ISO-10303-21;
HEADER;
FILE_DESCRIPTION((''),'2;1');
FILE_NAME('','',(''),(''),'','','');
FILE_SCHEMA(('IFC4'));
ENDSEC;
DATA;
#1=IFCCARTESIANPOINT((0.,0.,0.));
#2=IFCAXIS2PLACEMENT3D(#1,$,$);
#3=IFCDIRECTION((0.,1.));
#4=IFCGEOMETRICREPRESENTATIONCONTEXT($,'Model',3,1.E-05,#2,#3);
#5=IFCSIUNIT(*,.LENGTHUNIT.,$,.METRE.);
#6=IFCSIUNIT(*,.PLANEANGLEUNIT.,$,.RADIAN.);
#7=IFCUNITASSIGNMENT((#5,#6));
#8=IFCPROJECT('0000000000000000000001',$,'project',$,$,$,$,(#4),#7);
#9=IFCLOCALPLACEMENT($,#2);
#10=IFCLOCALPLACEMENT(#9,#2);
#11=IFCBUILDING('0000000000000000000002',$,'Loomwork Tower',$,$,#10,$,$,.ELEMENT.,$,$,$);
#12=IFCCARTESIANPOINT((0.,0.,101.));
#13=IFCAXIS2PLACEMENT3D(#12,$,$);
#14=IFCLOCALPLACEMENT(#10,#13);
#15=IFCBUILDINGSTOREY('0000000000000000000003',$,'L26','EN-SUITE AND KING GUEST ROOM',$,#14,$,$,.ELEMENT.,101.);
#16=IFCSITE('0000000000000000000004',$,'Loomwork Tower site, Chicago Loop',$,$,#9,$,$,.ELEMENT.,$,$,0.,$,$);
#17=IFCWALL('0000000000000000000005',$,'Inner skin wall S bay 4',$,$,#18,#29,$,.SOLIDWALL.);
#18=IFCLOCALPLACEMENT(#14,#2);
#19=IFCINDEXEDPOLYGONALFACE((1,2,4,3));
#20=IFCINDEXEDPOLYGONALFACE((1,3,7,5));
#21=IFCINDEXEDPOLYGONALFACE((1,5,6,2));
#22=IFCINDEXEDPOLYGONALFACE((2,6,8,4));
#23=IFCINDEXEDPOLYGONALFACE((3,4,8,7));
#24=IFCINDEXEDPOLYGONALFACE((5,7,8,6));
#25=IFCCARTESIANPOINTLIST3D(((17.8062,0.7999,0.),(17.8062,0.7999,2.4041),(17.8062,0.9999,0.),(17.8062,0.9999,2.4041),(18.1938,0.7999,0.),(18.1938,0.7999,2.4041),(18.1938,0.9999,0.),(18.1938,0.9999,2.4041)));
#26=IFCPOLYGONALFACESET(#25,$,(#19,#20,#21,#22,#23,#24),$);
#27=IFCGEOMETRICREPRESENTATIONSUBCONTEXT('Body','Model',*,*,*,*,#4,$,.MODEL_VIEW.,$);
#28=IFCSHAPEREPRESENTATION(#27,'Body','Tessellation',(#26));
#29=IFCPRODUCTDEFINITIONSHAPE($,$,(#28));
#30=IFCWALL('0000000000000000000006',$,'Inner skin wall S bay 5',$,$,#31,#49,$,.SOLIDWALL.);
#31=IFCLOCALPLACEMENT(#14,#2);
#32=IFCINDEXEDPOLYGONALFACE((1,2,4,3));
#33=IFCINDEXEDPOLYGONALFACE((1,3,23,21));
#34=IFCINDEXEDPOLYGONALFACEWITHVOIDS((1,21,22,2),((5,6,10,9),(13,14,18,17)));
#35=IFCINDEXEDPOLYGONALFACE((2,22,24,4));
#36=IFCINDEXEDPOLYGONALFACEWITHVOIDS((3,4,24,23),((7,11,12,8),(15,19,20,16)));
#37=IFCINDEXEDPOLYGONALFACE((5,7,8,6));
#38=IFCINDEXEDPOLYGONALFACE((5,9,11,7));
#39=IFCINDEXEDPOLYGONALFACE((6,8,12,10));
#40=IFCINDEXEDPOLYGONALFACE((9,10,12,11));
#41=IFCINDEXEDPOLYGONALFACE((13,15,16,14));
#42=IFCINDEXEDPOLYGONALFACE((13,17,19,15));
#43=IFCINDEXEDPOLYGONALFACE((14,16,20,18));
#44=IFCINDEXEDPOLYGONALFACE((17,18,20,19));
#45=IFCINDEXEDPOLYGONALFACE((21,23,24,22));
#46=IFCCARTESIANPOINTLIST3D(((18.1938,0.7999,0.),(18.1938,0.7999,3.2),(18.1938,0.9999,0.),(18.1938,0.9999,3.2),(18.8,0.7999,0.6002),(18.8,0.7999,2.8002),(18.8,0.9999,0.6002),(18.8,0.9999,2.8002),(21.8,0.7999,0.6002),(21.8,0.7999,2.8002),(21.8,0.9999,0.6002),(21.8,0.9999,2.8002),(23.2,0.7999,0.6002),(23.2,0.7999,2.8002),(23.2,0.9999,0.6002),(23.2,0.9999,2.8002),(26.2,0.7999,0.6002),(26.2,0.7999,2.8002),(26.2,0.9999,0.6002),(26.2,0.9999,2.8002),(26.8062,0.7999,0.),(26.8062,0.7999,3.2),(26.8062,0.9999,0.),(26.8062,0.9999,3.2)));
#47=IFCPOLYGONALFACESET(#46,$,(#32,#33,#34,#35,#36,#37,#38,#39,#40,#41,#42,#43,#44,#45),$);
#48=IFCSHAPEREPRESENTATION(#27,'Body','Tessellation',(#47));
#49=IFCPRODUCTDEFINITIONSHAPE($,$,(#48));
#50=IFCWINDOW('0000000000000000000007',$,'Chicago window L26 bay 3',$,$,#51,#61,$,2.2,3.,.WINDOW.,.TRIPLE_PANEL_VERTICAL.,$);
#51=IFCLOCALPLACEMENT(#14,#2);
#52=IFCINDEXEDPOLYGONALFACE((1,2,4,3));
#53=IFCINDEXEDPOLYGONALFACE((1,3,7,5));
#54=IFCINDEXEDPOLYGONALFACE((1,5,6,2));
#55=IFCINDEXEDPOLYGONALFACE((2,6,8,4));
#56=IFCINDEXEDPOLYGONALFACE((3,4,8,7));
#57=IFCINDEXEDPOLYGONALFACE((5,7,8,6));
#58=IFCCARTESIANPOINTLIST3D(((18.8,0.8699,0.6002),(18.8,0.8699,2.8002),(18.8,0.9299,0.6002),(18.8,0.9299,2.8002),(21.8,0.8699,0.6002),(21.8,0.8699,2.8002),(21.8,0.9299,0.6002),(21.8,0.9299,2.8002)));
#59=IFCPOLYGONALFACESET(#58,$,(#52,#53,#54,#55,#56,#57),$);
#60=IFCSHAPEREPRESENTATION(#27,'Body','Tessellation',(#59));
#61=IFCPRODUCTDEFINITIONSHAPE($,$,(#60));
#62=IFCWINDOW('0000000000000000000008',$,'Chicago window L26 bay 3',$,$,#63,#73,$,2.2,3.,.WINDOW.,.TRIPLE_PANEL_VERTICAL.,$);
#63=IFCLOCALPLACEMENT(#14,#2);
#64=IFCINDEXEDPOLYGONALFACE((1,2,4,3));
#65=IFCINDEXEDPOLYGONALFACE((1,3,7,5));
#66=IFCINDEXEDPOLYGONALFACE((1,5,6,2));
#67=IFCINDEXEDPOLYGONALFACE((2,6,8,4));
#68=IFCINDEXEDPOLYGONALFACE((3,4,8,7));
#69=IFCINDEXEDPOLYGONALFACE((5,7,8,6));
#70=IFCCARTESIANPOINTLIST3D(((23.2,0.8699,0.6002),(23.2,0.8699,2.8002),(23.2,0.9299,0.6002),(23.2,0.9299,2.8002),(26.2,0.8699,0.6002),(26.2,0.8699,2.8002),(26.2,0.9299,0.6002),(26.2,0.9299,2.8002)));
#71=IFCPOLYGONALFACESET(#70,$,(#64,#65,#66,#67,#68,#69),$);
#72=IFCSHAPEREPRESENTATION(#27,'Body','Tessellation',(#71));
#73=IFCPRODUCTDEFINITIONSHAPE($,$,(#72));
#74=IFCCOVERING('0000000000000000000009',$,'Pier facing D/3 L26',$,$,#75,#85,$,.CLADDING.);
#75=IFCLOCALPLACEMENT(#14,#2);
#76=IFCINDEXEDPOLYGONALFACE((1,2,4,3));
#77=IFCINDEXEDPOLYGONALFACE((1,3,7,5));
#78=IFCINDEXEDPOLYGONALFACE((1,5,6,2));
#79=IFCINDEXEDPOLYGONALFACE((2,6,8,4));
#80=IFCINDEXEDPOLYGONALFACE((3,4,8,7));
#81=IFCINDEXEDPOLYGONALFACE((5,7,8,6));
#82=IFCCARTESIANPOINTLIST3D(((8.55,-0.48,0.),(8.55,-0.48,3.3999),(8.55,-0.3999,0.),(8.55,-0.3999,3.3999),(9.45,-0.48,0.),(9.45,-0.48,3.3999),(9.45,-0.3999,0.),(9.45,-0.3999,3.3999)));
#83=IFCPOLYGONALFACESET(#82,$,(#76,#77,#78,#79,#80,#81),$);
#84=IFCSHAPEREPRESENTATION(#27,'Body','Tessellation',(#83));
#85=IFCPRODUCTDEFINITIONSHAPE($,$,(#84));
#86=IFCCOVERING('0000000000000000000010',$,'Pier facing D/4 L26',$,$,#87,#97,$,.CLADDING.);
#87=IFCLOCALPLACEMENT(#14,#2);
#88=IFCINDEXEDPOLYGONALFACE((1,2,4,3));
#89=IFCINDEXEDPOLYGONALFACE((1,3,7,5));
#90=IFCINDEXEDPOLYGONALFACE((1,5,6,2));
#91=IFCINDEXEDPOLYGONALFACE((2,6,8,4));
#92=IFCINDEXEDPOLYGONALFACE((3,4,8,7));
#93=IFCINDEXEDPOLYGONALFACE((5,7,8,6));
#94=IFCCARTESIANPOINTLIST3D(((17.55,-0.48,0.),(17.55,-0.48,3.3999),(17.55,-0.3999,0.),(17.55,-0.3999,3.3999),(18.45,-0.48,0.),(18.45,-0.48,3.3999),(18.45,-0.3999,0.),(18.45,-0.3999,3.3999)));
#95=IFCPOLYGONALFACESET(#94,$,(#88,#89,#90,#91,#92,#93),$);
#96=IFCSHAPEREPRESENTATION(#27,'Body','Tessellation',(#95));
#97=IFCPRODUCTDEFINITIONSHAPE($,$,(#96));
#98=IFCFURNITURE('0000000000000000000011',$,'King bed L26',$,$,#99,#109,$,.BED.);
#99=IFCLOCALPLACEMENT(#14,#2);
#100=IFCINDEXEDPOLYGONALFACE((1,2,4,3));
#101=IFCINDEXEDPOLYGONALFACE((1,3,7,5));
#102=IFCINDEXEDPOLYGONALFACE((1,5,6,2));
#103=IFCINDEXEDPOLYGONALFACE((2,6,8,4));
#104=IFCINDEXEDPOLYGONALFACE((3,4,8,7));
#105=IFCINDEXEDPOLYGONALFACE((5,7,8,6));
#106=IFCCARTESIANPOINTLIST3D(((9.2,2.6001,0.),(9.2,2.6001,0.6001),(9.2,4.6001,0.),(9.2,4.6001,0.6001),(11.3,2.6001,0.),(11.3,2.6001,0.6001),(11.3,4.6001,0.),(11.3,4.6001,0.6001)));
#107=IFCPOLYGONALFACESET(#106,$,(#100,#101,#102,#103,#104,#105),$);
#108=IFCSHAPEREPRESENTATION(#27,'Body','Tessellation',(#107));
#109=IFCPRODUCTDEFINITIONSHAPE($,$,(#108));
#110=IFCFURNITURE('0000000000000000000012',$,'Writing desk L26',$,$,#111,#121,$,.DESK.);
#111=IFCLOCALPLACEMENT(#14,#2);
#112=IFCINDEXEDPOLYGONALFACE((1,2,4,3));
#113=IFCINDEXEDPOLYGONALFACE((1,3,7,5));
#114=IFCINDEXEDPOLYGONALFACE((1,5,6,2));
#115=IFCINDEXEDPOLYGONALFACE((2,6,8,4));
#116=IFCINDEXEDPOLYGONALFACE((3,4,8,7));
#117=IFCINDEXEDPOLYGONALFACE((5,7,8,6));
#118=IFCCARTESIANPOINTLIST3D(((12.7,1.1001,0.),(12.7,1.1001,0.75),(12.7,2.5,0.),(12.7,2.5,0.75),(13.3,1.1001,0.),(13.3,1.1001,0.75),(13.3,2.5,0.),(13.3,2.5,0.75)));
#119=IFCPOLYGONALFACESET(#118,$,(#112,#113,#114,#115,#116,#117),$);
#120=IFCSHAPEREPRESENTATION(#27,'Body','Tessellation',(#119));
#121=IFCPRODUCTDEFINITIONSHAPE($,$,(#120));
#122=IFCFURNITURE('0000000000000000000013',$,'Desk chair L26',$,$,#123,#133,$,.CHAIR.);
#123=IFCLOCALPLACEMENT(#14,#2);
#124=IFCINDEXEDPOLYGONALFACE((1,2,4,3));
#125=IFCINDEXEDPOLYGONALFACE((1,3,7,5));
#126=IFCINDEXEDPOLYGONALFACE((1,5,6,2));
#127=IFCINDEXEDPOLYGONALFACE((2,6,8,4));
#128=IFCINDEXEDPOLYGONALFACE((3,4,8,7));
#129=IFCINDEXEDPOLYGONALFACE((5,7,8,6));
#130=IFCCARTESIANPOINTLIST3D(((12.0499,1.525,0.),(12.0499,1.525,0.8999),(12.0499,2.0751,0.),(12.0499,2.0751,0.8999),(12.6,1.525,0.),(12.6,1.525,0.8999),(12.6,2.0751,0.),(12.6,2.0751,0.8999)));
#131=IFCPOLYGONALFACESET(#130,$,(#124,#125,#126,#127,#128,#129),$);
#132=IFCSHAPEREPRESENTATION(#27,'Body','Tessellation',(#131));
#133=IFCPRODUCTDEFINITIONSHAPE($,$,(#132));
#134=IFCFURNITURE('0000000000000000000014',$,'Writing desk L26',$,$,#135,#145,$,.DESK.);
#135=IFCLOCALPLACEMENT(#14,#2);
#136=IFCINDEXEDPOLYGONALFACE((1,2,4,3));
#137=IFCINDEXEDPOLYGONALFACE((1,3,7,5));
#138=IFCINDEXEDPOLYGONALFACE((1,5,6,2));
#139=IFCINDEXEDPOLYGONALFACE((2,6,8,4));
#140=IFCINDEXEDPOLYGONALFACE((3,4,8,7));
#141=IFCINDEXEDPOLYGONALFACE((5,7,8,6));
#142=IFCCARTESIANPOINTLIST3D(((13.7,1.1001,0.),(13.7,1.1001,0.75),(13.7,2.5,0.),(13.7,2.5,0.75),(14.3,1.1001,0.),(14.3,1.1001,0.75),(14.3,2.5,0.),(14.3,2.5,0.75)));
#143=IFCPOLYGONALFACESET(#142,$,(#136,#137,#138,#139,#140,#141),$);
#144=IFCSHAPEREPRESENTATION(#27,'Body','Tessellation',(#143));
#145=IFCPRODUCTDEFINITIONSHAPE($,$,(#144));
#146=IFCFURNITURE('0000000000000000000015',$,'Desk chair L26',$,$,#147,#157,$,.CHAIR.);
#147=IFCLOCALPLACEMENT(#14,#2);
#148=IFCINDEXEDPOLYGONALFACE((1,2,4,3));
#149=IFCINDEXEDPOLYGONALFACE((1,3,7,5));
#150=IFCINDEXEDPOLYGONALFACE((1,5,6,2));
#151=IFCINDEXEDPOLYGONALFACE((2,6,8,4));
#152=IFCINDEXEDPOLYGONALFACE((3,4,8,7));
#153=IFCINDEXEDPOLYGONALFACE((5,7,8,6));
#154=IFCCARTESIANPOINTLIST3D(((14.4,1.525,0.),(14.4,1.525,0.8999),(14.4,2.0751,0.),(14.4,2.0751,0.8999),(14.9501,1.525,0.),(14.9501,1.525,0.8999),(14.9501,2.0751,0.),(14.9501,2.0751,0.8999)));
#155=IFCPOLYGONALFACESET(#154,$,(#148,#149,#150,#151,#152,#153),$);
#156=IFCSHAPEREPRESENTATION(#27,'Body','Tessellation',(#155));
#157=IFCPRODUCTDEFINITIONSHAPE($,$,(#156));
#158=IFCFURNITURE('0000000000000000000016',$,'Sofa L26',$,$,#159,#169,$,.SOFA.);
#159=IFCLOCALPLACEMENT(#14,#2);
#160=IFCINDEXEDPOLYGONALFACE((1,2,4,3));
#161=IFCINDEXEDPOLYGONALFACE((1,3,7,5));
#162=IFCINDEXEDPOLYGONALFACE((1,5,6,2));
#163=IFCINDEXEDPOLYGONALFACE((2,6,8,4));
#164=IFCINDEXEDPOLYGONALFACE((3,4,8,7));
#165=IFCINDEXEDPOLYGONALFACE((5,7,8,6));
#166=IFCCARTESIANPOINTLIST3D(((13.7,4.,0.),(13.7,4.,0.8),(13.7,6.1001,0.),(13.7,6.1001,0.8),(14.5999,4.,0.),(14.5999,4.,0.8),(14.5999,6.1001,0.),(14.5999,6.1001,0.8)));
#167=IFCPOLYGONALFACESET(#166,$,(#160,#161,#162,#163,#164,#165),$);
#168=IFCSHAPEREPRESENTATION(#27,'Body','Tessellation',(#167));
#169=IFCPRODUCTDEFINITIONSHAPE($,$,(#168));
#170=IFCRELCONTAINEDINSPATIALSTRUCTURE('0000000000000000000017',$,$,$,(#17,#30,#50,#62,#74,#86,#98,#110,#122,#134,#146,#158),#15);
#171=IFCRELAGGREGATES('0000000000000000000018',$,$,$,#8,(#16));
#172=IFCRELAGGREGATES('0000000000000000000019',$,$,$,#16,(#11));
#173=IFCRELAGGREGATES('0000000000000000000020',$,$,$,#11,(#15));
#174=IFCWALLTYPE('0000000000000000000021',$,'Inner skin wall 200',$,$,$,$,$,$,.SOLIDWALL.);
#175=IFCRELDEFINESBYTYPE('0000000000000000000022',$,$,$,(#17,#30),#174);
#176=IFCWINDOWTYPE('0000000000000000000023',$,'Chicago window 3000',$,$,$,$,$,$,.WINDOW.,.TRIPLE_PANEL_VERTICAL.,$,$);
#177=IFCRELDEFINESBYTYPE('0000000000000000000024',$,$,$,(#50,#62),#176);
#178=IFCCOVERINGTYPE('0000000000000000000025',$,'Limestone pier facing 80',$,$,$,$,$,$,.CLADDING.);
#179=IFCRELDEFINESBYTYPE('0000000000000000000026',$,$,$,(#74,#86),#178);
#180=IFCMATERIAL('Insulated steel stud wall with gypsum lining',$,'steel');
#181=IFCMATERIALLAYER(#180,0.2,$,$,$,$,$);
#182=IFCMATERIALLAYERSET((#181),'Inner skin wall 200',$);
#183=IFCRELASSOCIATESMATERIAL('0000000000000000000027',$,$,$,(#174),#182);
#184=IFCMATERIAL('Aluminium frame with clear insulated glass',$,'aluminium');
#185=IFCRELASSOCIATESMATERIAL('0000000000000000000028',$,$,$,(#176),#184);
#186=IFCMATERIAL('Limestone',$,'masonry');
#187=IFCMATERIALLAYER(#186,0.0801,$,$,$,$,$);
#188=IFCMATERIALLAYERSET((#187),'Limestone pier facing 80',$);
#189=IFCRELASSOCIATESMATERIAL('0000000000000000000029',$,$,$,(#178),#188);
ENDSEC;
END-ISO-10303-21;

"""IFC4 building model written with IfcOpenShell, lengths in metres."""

from ifc_helpers import new_model, si_unit, direction, frame, frame_2d, origin, origin_2d, place, context, subcontext, project, spatial, rectangle, extrude, material, layer, layer_set, type_object, element, fill, save


model = new_model("IFC4")

# Units and contexts
model_context = context("Model", 3, precision=1e-05, world=origin(), true_north=direction((0.0, 1.0)))
body_context = subcontext(model_context, "Body", "Model", "MODEL_VIEW")
ifc_project = project(units=[si_unit("LENGTHUNIT", "METRE"), si_unit("PLANEANGLEUNIT", "RADIAN")], contexts=[model_context])

# Site, building, storey
site_placement = place(None, origin())
site = spatial("IfcSite", under=ifc_project, at=site_placement, Name="Loomwork Tower site, Chicago Loop", CompositionType="ELEMENT", RefElevation=0.0)
building_placement = place(site_placement, origin())
building = spatial("IfcBuilding", under=site, at=building_placement, Name="Loomwork Tower", CompositionType="ELEMENT")
storey_placement = place(building_placement, frame((0.0, 0.0, 101.0)))
storey = spatial("IfcBuildingStorey", under=building, at=storey_placement, Name="L26", Description="EN-SUITE AND KING GUEST ROOM", CompositionType="ELEMENT", Elevation=101.0)

# Shared definitions
ifc_material_1 = material(Name="Insulated steel stud wall with gypsum lining", Category="steel")
ifc_layer_1 = layer(ifc_material_1, 0.2)
ifc_layer_set_1 = layer_set([ifc_layer_1], Name="Inner skin wall 200")
wall_type = type_object("IfcWallType", Name="Inner skin wall 200", PredefinedType="SOLIDWALL", material=ifc_layer_set_1)

# Shared definitions
ifc_material_2 = material(Name="Aluminium frame with clear insulated glass", Category="aluminium")
window_type = type_object("IfcWindowType", Name="Chicago window 3000", PartitioningType="TRIPLE_PANEL_VERTICAL", PredefinedType="WINDOW", material=ifc_material_2)

# Wall
wall_1_placement = place(storey_placement, frame((17.8062, 0.8999, 0.0), z_axis=(0.0, 0.0, 1.0), x_axis=(1.0, 0.0, 0.0)))
element("IfcWall", 1, at=wall_1_placement, inside=storey, type_object=wall_type, Name="Inner skin wall S bay 4", PredefinedType="SOLIDWALL", context=body_context, shape_type="SweptSolid", body=[
    extrude(rectangle(XDim=0.3877, YDim=0.2, at=frame_2d((0.1938, 0.0))), origin(), (0.0, 0.0, 1.0), 2.4041),
])

# Wall, openings, windows
wall_2_placement = place(storey_placement, frame((18.1938, 0.8999, 0.0), z_axis=(0.0, 0.0, 1.0), x_axis=(1.0, 0.0, 0.0)))
wall_2 = element("IfcWall", 2, at=wall_2_placement, inside=storey, type_object=wall_type, Name="Inner skin wall S bay 5", PredefinedType="SOLIDWALL", context=body_context, shape_type="SweptSolid", body=[
    extrude(rectangle(XDim=8.6123, YDim=0.2, at=frame_2d((4.3062, 0.0))), origin(), (0.0, 0.0, 1.0), 3.2),
])
opening_1_placement = place(wall_2_placement, frame((0.6062, 0.0, 0.6001)))
opening_1 = element("IfcOpeningElement", 3, at=opening_1_placement, cuts=wall_2, PredefinedType="OPENING", context=body_context, shape_type="SweptSolid", body=[
    extrude(rectangle(XDim=3.0, YDim=2.2, at=frame_2d((1.5, 1.1001))), frame((0.0, 0.1099, 0.0), z_axis=(0.0, -1.0, 0.0), x_axis=(1.0, 0.0, 0.0)), (0.0, 0.0, 1.0), 0.22),
])
opening_2_placement = place(wall_2_placement, frame((5.0061, 0.0, 0.6001)))
opening_2 = element("IfcOpeningElement", 4, at=opening_2_placement, cuts=wall_2, PredefinedType="OPENING", context=body_context, shape_type="SweptSolid", body=[
    extrude(rectangle(XDim=3.0, YDim=2.2, at=frame_2d((1.5, 1.1001))), frame((0.0, 0.1099, 0.0), z_axis=(0.0, -1.0, 0.0), x_axis=(1.0, 0.0, 0.0)), (0.0, 0.0, 1.0), 0.22),
])
window_1_placement = place(opening_1_placement, origin())
window_1 = element("IfcWindow", 5, at=window_1_placement, inside=storey, type_object=window_type, Name="Chicago window L26 bay 3", OverallHeight=2.2, OverallWidth=3.0, PartitioningType="TRIPLE_PANEL_VERTICAL", PredefinedType="WINDOW", context=body_context, shape_type="SweptSolid", body=[
    extrude(rectangle(XDim=3.0, YDim=2.2, at=frame_2d((1.5, 1.1001))), frame((0.0, 0.03, 0.0), z_axis=(0.0, -1.0, 0.0), x_axis=(1.0, 0.0, 0.0)), (0.0, 0.0, 1.0), 0.0601),
])
fill(opening_1, window_1)
window_2_placement = place(opening_2_placement, origin())
window_2 = element("IfcWindow", 6, at=window_2_placement, inside=storey, type_object=window_type, Name="Chicago window L26 bay 3", OverallHeight=2.2, OverallWidth=3.0, PartitioningType="TRIPLE_PANEL_VERTICAL", PredefinedType="WINDOW", context=body_context, shape_type="SweptSolid", body=[
    extrude(rectangle(XDim=3.0, YDim=2.2, at=frame_2d((1.5, 1.1001))), frame((0.0, 0.03, 0.0), z_axis=(0.0, -1.0, 0.0), x_axis=(1.0, 0.0, 0.0)), (0.0, 0.0, 1.0), 0.0601),
])
fill(opening_2, window_2)

# Coverings
ifc_material_3 = material(Name="Limestone", Category="masonry")
ifc_layer_2 = layer(ifc_material_3, 0.0801)
ifc_layer_set_2 = layer_set([ifc_layer_2], Name="Limestone pier facing 80")
covering_type = type_object("IfcCoveringType", Name="Limestone pier facing 80", PredefinedType="CLADDING", material=ifc_layer_set_2)
for number, where, z_axis, x_axis, name in (
    (7, (9.0, -0.4399, 0.0), (0.0, 0.0, 1.0), (1.0, 0.0, 0.0), "Pier facing D/3 L26"),
    (8, (18.0, -0.4399, 0.0), (0.0, 0.0, 1.0), (1.0, 0.0, 0.0), "Pier facing D/4 L26"),
):
    element("IfcCovering", number, at=place(storey_placement, frame(where, z_axis=z_axis, x_axis=x_axis)), inside=storey, type_object=covering_type, Name=name, PredefinedType="CLADDING", context=body_context, shape_type="SweptSolid", body=[
        extrude(rectangle(XDim=0.8999, YDim=0.0801, at=origin_2d()), origin(), (0.0, 0.0, 1.0), 3.3999),
    ])

# Furniture
furniture_1_placement = place(storey_placement, frame((10.25, 3.6001, 0.0), z_axis=(0.0, 0.0, 1.0), x_axis=(1.0, 0.0, 0.0)))
element("IfcFurniture", 9, at=furniture_1_placement, inside=storey, Name="King bed L26", PredefinedType="BED", context=body_context, shape_type="SweptSolid", body=[
    extrude(rectangle(XDim=2.1001, YDim=2.0, at=origin_2d()), origin(), (0.0, 0.0, 1.0), 0.6001),
])
furniture_2_placement = place(storey_placement, frame((13.0, 1.8, 0.0), z_axis=(0.0, 0.0, 1.0), x_axis=(1.0, 0.0, 0.0)))
element("IfcFurniture", 10, at=furniture_2_placement, inside=storey, Name="Writing desk L26", PredefinedType="DESK", context=body_context, shape_type="SweptSolid", body=[
    extrude(rectangle(XDim=0.6001, YDim=1.3999, at=origin_2d()), origin(), (0.0, 0.0, 1.0), 0.75),
])
furniture_3_placement = place(storey_placement, frame((12.325, 1.8, 0.0), z_axis=(0.0, 0.0, 1.0), x_axis=(1.0, 0.0, 0.0)))
element("IfcFurniture", 11, at=furniture_3_placement, inside=storey, Name="Desk chair L26", PredefinedType="CHAIR", context=body_context, shape_type="SweptSolid", body=[
    extrude(rectangle(XDim=0.55, YDim=0.55, at=origin_2d()), origin(), (0.0, 0.0, 1.0), 0.8999),
])
furniture_4_placement = place(storey_placement, frame((14.0, 1.8, 0.0), z_axis=(0.0, 0.0, 1.0), x_axis=(1.0, 0.0, 0.0)))
element("IfcFurniture", 12, at=furniture_4_placement, inside=storey, Name="Writing desk L26", PredefinedType="DESK", context=body_context, shape_type="SweptSolid", body=[
    extrude(rectangle(XDim=0.6001, YDim=1.3999, at=origin_2d()), origin(), (0.0, 0.0, 1.0), 0.75),
])
furniture_5_placement = place(storey_placement, frame((14.675, 1.8, 0.0), z_axis=(0.0, 0.0, 1.0), x_axis=(1.0, 0.0, 0.0)))
element("IfcFurniture", 13, at=furniture_5_placement, inside=storey, Name="Desk chair L26", PredefinedType="CHAIR", context=body_context, shape_type="SweptSolid", body=[
    extrude(rectangle(XDim=0.55, YDim=0.55, at=origin_2d()), origin(), (0.0, 0.0, 1.0), 0.8999),
])
furniture_6_placement = place(storey_placement, frame((14.1499, 5.05, 0.0), z_axis=(0.0, 0.0, 1.0), x_axis=(1.0, 0.0, 0.0)))
element("IfcFurniture", 14, at=furniture_6_placement, inside=storey, Name="Sofa L26", PredefinedType="SOFA", context=body_context, shape_type="SweptSolid", body=[
    extrude(rectangle(XDim=0.8999, YDim=2.1001, at=origin_2d()), origin(), (0.0, 0.0, 1.0), 0.8),
])

save(model, "model.ifc")
